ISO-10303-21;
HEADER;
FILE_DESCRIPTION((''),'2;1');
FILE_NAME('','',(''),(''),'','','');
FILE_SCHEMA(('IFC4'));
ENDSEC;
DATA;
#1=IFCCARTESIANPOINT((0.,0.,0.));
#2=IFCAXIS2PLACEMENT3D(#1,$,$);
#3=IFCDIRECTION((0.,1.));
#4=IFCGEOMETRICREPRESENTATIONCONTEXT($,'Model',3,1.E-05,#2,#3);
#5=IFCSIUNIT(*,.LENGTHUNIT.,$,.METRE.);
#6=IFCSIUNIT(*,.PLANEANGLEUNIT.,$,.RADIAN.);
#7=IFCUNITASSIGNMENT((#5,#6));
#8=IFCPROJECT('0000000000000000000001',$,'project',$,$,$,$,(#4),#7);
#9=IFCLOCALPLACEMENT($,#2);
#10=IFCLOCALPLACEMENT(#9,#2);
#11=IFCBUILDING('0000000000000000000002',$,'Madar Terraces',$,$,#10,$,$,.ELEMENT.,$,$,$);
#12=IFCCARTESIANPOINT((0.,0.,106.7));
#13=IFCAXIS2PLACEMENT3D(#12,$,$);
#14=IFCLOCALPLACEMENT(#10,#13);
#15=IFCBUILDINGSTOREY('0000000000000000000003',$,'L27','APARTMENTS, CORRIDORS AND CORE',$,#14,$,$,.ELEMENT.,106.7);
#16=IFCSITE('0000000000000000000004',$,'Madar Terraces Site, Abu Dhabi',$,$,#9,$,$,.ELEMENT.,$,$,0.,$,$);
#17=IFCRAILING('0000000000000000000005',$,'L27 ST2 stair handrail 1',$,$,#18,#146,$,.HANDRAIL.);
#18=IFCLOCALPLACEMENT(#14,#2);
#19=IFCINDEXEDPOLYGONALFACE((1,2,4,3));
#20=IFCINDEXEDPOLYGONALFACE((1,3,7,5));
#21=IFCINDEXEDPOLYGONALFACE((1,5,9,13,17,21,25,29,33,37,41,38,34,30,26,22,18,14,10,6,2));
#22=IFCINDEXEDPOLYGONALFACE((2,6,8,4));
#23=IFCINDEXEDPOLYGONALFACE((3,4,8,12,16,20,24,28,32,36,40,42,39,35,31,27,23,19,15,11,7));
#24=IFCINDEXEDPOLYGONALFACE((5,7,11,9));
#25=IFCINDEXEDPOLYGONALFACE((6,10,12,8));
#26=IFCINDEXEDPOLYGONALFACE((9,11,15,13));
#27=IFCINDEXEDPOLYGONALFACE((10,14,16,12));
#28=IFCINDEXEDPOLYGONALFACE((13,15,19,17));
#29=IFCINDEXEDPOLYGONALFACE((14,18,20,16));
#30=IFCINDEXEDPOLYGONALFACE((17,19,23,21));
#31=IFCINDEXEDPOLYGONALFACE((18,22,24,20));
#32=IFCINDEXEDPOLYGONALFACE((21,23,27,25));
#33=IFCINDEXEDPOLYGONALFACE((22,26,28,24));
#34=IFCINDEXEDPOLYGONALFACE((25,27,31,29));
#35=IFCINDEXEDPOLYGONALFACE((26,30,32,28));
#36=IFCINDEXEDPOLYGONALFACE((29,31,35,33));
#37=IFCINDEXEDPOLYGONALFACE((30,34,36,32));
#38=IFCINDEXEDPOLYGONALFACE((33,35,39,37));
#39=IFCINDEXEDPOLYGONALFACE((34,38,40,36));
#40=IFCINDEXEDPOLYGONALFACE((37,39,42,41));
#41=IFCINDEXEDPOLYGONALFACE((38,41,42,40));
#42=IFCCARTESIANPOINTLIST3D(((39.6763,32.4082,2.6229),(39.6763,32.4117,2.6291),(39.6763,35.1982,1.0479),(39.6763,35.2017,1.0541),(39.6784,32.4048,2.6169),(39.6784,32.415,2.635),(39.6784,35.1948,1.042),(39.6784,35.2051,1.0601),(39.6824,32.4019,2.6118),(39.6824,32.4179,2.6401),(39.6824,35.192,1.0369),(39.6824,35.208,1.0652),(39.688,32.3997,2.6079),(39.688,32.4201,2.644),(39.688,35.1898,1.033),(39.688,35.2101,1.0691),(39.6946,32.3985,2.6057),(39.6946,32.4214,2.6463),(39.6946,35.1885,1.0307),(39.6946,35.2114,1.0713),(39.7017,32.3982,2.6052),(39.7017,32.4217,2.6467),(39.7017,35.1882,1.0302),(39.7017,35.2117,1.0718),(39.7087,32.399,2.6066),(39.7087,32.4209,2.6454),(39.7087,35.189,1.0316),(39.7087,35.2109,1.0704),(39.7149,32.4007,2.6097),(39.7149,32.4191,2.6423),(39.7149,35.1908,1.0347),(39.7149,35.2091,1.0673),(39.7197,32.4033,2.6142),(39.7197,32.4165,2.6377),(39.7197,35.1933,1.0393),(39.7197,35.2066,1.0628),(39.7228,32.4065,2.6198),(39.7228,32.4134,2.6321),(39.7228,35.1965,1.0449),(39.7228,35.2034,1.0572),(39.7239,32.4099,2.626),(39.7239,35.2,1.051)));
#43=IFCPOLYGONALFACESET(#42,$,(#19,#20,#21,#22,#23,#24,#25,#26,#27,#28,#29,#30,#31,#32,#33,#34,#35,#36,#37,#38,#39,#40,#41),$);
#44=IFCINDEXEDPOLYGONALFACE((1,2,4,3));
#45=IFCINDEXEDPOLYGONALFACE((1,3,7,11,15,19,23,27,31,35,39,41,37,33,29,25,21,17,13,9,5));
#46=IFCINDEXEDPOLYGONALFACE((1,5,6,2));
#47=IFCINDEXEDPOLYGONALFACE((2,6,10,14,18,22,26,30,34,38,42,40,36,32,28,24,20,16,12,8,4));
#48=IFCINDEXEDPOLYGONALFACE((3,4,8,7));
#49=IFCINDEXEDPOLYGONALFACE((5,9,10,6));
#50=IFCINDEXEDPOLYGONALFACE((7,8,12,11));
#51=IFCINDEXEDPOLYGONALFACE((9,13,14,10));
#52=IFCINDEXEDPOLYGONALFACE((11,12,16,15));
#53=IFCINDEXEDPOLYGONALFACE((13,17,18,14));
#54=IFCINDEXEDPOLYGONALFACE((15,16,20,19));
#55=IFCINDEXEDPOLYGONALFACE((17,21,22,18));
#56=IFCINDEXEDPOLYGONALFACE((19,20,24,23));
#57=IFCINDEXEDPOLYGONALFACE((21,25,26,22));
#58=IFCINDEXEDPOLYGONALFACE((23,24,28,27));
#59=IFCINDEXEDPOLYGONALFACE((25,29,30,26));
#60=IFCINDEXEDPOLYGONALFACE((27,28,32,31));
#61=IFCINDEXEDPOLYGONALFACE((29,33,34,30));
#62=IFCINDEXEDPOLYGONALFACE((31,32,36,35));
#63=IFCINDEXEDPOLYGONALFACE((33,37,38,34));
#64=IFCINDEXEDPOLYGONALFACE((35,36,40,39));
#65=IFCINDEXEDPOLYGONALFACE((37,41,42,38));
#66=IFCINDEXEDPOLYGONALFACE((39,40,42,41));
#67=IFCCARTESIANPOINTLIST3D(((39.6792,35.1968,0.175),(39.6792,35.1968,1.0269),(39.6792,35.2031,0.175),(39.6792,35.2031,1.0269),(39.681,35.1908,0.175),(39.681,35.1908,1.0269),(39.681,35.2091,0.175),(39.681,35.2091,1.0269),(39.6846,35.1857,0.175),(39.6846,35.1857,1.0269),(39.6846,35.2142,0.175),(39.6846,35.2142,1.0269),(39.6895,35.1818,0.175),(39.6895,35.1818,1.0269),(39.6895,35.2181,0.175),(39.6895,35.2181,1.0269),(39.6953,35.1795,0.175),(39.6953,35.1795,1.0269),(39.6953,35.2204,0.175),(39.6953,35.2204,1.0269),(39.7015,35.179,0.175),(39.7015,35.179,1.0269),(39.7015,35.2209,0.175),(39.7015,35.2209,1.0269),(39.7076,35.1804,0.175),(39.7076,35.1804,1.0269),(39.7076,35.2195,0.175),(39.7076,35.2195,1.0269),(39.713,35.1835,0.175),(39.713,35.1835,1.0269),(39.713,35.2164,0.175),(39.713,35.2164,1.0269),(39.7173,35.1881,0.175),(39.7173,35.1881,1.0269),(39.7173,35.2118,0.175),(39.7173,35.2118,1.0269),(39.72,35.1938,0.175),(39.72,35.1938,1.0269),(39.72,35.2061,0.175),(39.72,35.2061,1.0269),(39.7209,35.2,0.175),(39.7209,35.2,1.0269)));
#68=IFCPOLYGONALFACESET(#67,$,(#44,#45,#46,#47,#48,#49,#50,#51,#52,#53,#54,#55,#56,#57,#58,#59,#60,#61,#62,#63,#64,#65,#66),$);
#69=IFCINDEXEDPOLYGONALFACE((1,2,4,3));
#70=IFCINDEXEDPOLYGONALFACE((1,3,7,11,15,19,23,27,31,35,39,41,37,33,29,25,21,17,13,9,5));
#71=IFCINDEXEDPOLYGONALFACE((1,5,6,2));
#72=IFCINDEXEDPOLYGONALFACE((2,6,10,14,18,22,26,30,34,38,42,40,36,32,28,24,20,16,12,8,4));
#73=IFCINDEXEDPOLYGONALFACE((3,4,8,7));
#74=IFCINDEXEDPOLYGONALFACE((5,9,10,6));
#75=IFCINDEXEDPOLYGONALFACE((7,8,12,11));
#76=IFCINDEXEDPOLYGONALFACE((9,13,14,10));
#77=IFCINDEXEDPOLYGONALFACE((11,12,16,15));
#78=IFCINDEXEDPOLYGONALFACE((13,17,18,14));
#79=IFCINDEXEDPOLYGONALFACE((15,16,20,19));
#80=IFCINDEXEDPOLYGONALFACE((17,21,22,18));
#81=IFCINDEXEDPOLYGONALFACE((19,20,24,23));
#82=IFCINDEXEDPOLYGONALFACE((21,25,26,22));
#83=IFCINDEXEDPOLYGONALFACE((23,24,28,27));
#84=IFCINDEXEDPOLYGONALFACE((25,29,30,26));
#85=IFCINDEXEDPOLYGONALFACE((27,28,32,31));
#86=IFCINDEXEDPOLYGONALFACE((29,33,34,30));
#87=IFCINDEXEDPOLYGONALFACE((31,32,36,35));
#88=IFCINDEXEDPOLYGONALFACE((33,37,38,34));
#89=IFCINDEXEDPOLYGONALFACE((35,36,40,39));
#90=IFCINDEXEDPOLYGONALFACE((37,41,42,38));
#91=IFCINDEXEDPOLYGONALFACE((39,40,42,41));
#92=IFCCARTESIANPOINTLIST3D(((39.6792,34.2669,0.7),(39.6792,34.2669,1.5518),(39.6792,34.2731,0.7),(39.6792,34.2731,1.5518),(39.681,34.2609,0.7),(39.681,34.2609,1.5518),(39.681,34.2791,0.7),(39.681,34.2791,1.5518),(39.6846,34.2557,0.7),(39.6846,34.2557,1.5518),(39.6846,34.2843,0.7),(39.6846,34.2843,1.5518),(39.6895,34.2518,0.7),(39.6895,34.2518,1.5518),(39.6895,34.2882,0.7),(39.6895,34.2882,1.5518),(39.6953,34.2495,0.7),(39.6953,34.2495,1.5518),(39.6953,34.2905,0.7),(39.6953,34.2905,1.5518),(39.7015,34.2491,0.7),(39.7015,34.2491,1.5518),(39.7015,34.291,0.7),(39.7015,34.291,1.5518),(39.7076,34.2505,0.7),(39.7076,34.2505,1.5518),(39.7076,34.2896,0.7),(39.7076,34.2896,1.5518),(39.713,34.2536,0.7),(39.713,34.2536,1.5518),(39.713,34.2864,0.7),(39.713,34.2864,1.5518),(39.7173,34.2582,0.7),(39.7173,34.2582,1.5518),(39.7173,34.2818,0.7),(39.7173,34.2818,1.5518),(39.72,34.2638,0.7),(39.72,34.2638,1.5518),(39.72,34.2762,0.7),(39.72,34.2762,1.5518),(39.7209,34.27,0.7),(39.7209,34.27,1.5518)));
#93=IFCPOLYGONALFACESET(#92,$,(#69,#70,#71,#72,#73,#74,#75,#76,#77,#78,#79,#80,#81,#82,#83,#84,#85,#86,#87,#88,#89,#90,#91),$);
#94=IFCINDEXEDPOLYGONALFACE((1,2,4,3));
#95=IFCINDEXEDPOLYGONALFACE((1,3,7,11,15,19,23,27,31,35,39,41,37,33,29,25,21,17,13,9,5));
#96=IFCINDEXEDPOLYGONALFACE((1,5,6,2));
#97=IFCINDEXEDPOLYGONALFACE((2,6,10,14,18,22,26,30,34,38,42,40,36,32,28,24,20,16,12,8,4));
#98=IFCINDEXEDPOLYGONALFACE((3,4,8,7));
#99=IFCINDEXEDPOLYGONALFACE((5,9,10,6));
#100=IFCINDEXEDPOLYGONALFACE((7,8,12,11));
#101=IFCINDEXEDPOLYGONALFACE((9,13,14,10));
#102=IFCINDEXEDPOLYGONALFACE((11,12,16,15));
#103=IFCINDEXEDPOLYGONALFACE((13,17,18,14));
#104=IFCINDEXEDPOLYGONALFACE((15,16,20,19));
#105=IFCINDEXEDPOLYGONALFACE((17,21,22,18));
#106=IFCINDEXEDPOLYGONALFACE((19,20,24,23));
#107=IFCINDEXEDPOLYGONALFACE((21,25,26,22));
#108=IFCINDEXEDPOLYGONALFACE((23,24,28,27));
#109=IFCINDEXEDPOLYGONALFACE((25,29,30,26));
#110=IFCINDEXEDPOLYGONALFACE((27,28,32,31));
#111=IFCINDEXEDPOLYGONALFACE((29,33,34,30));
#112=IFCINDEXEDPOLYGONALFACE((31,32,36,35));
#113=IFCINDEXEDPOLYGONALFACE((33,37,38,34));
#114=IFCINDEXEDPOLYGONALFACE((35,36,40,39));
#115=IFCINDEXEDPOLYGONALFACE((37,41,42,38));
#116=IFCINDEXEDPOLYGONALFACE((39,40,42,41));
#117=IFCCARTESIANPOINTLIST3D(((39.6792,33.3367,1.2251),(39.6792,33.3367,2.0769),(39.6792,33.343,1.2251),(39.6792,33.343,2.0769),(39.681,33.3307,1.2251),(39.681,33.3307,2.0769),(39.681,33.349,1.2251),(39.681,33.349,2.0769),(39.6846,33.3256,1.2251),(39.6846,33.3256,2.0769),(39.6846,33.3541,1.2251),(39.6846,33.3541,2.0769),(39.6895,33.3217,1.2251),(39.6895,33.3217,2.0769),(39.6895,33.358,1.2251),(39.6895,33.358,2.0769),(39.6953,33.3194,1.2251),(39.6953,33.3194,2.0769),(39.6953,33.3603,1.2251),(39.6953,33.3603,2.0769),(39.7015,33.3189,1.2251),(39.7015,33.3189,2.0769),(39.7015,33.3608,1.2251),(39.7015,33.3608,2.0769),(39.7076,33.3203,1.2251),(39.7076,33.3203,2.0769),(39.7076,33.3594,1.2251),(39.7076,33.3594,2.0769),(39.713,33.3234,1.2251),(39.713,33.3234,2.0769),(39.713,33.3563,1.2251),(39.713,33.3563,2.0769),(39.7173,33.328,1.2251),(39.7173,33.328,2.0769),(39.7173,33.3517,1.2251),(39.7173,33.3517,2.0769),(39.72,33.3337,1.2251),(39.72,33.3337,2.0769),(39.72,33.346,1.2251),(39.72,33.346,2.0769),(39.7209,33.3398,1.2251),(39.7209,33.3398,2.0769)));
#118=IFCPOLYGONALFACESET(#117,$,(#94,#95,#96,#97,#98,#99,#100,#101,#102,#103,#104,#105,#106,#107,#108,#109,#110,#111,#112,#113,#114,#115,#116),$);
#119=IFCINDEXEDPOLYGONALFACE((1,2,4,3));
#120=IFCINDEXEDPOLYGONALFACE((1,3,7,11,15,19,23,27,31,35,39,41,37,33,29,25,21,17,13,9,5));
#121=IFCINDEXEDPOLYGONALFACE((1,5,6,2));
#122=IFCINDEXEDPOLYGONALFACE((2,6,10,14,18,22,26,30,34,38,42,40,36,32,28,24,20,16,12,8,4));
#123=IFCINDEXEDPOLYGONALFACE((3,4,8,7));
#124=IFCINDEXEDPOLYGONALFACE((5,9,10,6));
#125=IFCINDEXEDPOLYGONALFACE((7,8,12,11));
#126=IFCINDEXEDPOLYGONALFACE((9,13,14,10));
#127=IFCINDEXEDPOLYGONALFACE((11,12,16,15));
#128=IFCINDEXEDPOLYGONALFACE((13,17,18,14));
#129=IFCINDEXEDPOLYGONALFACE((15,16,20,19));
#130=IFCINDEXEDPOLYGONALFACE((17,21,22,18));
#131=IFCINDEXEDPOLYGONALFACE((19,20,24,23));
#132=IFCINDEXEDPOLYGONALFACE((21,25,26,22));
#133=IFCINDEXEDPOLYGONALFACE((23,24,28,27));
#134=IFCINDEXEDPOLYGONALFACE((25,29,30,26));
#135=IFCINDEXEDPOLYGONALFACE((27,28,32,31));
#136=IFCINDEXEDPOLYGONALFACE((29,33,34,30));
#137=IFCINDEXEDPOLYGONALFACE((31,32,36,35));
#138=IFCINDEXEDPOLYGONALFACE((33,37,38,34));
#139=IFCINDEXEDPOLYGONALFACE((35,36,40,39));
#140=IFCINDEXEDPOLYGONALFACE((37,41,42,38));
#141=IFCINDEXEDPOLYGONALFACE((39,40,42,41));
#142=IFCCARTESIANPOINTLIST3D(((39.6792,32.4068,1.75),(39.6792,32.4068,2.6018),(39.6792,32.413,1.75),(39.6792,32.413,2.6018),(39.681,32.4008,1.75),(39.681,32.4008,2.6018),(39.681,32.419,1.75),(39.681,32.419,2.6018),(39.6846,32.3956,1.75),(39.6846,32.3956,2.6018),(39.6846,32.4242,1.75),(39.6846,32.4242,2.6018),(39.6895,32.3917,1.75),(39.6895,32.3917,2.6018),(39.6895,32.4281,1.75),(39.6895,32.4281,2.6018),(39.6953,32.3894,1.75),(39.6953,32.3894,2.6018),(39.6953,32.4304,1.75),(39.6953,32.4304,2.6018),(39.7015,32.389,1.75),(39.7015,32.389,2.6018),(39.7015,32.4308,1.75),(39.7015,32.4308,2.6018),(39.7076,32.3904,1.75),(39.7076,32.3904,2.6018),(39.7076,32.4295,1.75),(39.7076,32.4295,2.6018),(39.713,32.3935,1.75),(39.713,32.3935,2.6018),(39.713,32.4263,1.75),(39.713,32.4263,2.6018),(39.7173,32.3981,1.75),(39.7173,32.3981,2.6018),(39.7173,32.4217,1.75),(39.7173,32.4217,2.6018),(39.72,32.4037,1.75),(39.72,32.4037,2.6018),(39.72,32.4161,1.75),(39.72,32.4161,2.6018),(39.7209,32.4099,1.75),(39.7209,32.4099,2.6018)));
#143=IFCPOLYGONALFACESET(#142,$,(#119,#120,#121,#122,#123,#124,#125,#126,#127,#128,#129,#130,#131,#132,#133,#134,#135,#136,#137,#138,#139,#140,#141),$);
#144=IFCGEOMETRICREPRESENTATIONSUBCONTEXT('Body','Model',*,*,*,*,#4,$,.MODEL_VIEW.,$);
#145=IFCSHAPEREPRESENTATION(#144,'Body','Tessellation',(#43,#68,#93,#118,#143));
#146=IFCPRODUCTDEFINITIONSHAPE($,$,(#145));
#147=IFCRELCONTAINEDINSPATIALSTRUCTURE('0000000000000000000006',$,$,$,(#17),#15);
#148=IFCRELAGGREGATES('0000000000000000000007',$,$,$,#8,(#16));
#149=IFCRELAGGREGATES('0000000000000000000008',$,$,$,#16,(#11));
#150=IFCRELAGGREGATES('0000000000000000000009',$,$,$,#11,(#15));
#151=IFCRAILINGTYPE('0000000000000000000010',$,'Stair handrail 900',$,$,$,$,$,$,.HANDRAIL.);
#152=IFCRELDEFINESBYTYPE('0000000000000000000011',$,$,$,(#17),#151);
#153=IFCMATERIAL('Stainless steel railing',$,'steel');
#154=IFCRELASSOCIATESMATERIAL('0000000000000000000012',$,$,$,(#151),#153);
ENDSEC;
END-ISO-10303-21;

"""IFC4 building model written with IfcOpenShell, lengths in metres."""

from ifc_helpers import new_model, si_unit, direction, frame, origin, origin_2d, place, context, subcontext, project, spatial, circle, extrude, material, type_object, element, save


model = new_model("IFC4")

# Units and contexts
model_context = context("Model", 3, precision=1e-05, world=origin(), true_north=direction((0.0, 1.0)))
body_context = subcontext(model_context, "Body", "Model", "MODEL_VIEW")
ifc_project = project(units=[si_unit("LENGTHUNIT", "METRE"), si_unit("PLANEANGLEUNIT", "RADIAN")], contexts=[model_context])

# Site, building, storey
site_placement = place(None, origin())
site = spatial("IfcSite", under=ifc_project, at=site_placement, Name="Madar Terraces Site, Abu Dhabi", CompositionType="ELEMENT", RefElevation=0.0)
building_placement = place(site_placement, origin())
building = spatial("IfcBuilding", under=site, at=building_placement, Name="Madar Terraces", CompositionType="ELEMENT")
storey_placement = place(building_placement, frame((0.0, 0.0, 106.7)))
storey = spatial("IfcBuildingStorey", under=building, at=storey_placement, Name="L27", Description="APARTMENTS, CORRIDORS AND CORE", CompositionType="ELEMENT", Elevation=106.7)

# Railing
ifc_material_1 = material(Name="Stainless steel railing", Category="steel")
railing_type_1 = type_object("IfcRailingType", Name="Stair handrail 900", PredefinedType="HANDRAIL", material=ifc_material_1)
railing_1_placement = place(storey_placement, frame((39.7, 35.2, 0.175)))
element("IfcRailing", 1, at=railing_1_placement, inside=storey, type_object=railing_type_1, Name="L27 ST2 stair handrail 1", PredefinedType="HANDRAIL", context=body_context, shape_type="SweptSolid", body=[
    extrude(circle(Radius=0.0239, at=origin_2d()), frame((0.0, 0.0, 0.876), z_axis=(0.0, -0.870834, 0.491578), x_axis=(1.0, 0.0, 0.0)), (0.0, 0.0, 1.0), 3.2039),
    extrude(circle(Radius=0.021, at=origin_2d()), origin(), (0.0, 0.0, 1.0), 0.8518),
    extrude(circle(Radius=0.021, at=origin_2d()), frame((0.0, -0.9299, 0.5249)), (0.0, 0.0, 1.0), 0.8518),
    extrude(circle(Radius=0.021, at=origin_2d()), frame((0.0, -1.8601, 1.05)), (0.0, 0.0, 1.0), 0.8518),
    extrude(circle(Radius=0.021, at=origin_2d()), frame((0.0, -2.79, 1.575)), (0.0, 0.0, 1.0), 0.8518),
])

save(model, "model.ifc")
